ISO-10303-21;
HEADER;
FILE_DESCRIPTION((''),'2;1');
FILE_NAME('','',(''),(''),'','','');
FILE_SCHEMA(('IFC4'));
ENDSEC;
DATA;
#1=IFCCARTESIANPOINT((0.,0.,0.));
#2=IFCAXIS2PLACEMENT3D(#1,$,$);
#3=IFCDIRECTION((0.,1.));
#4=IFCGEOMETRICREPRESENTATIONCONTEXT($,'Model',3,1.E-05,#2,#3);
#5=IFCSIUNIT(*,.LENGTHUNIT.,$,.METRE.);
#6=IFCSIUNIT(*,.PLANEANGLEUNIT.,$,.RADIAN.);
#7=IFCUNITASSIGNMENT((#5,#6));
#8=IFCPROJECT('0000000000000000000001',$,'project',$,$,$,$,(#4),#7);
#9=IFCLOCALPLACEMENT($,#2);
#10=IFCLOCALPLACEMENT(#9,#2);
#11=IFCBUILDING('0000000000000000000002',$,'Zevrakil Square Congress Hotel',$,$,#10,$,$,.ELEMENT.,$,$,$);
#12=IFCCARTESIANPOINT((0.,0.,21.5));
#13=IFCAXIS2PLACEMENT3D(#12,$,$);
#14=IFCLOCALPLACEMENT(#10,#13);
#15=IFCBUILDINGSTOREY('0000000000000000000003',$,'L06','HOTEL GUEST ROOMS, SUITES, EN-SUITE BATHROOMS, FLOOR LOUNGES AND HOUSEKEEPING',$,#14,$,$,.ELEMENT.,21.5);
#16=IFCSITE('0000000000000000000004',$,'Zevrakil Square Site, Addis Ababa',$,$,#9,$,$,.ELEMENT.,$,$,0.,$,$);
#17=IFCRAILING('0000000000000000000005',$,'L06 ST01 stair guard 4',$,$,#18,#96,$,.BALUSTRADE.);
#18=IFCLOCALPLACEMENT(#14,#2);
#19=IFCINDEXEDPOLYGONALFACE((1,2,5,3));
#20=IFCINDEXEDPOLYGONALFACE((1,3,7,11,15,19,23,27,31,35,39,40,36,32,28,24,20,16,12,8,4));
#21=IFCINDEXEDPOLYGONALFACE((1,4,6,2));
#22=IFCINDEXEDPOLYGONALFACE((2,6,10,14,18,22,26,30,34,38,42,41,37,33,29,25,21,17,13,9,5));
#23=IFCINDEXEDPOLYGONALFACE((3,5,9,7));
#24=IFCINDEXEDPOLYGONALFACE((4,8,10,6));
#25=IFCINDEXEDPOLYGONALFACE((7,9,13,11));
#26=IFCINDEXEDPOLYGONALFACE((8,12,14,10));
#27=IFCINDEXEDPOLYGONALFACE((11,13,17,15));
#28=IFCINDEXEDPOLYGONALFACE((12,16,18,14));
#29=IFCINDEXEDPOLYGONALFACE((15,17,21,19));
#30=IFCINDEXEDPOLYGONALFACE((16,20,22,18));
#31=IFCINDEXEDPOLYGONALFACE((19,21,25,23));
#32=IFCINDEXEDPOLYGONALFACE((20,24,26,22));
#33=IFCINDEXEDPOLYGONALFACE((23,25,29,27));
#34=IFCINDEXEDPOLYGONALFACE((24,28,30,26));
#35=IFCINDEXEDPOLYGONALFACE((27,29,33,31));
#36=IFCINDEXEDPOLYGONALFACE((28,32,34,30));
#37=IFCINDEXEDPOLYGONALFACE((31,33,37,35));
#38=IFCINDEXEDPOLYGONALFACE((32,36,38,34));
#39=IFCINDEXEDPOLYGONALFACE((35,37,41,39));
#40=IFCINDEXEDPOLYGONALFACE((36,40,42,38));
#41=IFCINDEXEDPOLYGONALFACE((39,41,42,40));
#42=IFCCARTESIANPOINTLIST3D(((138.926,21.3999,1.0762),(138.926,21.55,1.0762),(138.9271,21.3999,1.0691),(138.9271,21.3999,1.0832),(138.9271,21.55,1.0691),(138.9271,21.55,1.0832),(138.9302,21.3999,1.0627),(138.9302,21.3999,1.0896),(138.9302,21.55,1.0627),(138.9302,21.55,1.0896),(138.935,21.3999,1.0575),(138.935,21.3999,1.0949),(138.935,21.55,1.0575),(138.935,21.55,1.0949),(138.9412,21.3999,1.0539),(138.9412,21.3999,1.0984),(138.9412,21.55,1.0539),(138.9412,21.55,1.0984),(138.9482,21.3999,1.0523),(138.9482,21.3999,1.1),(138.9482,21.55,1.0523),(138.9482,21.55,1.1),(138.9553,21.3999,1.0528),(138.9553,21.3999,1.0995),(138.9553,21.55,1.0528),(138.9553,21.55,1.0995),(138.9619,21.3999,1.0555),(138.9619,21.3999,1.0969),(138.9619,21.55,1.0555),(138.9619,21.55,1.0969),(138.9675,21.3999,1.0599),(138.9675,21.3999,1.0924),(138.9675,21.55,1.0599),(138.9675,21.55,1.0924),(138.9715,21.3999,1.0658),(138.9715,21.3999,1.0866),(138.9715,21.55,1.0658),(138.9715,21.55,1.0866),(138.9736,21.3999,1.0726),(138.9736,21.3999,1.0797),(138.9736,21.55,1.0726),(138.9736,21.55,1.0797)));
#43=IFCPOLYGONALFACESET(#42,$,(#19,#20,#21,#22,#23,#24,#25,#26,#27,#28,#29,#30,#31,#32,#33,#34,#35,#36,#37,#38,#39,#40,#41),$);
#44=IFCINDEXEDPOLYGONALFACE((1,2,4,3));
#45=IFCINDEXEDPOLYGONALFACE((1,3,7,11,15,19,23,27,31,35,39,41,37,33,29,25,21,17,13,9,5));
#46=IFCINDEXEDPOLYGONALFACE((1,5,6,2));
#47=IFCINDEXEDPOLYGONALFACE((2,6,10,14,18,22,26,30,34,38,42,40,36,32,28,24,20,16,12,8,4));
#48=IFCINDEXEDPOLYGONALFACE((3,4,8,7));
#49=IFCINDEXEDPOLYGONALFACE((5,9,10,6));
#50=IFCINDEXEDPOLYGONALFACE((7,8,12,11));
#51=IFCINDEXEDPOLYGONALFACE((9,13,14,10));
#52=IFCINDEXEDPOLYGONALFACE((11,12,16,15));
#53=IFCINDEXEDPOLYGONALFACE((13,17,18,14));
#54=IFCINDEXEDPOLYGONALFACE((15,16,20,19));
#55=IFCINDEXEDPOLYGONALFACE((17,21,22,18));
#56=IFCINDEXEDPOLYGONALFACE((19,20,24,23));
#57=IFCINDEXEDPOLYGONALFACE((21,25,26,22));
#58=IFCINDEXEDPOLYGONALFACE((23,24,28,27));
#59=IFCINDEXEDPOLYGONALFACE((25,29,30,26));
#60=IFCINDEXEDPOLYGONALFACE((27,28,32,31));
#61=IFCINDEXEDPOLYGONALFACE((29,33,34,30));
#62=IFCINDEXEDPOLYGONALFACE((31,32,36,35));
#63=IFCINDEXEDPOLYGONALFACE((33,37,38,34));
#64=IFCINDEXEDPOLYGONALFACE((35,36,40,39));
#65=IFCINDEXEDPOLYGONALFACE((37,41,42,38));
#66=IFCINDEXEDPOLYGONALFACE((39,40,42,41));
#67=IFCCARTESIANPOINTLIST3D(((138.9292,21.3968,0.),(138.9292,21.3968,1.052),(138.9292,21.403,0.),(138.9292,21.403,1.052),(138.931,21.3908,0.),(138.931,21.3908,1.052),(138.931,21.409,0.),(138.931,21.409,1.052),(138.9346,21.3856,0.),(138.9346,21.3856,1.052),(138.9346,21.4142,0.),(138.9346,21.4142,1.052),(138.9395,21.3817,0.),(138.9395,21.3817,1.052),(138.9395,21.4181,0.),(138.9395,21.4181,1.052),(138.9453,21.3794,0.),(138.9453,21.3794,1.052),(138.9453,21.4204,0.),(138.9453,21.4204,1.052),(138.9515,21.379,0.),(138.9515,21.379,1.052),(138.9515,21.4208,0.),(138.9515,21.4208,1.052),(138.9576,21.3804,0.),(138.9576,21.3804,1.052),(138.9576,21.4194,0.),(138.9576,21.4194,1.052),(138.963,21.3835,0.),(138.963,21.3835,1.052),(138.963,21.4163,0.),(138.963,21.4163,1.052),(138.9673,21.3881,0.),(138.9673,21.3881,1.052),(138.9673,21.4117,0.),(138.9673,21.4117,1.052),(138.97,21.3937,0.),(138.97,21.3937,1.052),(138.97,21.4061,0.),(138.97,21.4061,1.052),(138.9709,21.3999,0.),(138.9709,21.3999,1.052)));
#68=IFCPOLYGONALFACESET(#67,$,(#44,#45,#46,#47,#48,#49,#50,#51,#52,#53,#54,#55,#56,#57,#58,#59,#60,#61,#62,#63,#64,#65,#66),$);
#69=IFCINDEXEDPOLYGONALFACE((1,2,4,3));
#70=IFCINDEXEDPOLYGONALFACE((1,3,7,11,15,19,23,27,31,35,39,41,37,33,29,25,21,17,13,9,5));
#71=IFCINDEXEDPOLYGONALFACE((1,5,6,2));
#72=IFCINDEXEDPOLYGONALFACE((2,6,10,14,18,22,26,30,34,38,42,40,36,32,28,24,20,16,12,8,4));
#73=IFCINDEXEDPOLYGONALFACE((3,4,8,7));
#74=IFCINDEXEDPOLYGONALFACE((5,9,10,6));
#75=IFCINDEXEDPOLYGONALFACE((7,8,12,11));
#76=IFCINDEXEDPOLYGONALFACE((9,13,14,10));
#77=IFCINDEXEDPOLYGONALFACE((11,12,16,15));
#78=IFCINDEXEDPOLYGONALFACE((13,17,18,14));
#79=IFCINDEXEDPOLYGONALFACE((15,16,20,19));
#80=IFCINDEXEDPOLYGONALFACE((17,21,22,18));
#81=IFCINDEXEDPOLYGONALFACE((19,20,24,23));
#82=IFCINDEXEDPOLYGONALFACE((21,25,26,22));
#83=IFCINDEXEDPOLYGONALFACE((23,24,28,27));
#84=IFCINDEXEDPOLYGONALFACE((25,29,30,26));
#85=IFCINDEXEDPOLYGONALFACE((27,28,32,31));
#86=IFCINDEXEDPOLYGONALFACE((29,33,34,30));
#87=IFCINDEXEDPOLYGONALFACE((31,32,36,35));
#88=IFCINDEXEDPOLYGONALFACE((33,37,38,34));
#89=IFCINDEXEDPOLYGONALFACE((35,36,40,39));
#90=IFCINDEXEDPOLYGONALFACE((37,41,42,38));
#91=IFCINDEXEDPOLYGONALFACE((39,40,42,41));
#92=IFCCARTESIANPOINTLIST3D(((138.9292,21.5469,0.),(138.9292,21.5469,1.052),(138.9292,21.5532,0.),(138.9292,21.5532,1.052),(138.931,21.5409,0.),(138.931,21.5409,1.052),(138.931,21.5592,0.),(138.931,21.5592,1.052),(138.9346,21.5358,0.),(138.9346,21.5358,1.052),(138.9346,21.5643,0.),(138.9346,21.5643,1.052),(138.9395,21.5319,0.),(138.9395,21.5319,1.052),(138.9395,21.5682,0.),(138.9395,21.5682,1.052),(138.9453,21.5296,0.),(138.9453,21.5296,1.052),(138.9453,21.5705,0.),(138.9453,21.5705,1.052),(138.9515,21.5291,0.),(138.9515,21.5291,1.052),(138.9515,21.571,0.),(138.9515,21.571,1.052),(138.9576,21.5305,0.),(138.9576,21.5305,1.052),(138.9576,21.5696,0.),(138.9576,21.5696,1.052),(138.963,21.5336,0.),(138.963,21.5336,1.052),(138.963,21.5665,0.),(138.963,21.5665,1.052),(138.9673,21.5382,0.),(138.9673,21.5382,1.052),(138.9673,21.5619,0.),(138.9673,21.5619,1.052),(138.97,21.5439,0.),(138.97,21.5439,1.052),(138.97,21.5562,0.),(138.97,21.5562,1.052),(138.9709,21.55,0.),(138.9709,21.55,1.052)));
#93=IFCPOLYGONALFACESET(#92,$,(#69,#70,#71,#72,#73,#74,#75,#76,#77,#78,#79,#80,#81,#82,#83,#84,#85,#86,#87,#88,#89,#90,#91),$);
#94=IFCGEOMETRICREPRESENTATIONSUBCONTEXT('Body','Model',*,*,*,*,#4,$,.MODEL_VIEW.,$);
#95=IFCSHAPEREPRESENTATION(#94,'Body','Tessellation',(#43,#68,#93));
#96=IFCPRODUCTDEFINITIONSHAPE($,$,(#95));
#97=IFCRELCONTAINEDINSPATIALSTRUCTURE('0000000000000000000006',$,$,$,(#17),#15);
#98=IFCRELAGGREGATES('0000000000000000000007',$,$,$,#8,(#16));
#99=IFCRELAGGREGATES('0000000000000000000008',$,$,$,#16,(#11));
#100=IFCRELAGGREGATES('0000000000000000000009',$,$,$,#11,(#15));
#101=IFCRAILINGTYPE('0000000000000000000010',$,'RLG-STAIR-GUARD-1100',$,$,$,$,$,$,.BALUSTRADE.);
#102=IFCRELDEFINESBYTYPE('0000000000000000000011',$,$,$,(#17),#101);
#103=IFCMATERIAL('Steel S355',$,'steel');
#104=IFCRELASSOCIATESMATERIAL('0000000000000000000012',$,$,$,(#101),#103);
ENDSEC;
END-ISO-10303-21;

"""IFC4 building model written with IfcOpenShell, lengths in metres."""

from ifc_helpers import new_model, si_unit, direction, frame, origin, origin_2d, place, context, subcontext, project, spatial, circle, extrude, material, type_object, element, save


model = new_model("IFC4")

# Units and contexts
model_context = context("Model", 3, precision=1e-05, world=origin(), true_north=direction((0.0, 1.0)))
body_context = subcontext(model_context, "Body", "Model", "MODEL_VIEW")
ifc_project = project(units=[si_unit("LENGTHUNIT", "METRE"), si_unit("PLANEANGLEUNIT", "RADIAN")], contexts=[model_context])

# Site, building, storey
site_placement = place(None, origin())
site = spatial("IfcSite", under=ifc_project, at=site_placement, Name="Zevrakil Square Site, Addis Ababa", CompositionType="ELEMENT", RefElevation=0.0)
building_placement = place(site_placement, origin())
building = spatial("IfcBuilding", under=site, at=building_placement, Name="Zevrakil Square Congress Hotel", CompositionType="ELEMENT")
storey_placement = place(building_placement, frame((0.0, 0.0, 21.5)))
storey = spatial("IfcBuildingStorey", under=building, at=storey_placement, Name="L06", Description="HOTEL GUEST ROOMS, SUITES, EN-SUITE BATHROOMS, FLOOR LOUNGES AND HOUSEKEEPING", CompositionType="ELEMENT", Elevation=21.5)

# Railing
ifc_material_1 = material(Name="Steel S355", Category="steel")
railing_type_1 = type_object("IfcRailingType", Name="RLG-STAIR-GUARD-1100", PredefinedType="BALUSTRADE", material=ifc_material_1)
railing_1_placement = place(storey_placement, frame((138.95, 21.3999, 0.0)))
element("IfcRailing", 1, at=railing_1_placement, inside=storey, type_object=railing_type_1, Name="L06 ST01 stair guard 4", PredefinedType="BALUSTRADE", context=body_context, shape_type="SweptSolid", body=[
    extrude(circle(Radius=0.0239, at=origin_2d()), frame((0.0, 0.0, 1.0762), z_axis=(0.0, 1.0, 0.0), x_axis=(-1.0, 0.0, 0.0)), (0.0, 0.0, 1.0), 0.1501),
    extrude(circle(Radius=0.021, at=origin_2d()), origin(), (0.0, 0.0, 1.0), 1.052),
    extrude(circle(Radius=0.021, at=origin_2d()), frame((0.0, 0.1501, 0.0)), (0.0, 0.0, 1.0), 1.052),
])

save(model, "model.ifc")
